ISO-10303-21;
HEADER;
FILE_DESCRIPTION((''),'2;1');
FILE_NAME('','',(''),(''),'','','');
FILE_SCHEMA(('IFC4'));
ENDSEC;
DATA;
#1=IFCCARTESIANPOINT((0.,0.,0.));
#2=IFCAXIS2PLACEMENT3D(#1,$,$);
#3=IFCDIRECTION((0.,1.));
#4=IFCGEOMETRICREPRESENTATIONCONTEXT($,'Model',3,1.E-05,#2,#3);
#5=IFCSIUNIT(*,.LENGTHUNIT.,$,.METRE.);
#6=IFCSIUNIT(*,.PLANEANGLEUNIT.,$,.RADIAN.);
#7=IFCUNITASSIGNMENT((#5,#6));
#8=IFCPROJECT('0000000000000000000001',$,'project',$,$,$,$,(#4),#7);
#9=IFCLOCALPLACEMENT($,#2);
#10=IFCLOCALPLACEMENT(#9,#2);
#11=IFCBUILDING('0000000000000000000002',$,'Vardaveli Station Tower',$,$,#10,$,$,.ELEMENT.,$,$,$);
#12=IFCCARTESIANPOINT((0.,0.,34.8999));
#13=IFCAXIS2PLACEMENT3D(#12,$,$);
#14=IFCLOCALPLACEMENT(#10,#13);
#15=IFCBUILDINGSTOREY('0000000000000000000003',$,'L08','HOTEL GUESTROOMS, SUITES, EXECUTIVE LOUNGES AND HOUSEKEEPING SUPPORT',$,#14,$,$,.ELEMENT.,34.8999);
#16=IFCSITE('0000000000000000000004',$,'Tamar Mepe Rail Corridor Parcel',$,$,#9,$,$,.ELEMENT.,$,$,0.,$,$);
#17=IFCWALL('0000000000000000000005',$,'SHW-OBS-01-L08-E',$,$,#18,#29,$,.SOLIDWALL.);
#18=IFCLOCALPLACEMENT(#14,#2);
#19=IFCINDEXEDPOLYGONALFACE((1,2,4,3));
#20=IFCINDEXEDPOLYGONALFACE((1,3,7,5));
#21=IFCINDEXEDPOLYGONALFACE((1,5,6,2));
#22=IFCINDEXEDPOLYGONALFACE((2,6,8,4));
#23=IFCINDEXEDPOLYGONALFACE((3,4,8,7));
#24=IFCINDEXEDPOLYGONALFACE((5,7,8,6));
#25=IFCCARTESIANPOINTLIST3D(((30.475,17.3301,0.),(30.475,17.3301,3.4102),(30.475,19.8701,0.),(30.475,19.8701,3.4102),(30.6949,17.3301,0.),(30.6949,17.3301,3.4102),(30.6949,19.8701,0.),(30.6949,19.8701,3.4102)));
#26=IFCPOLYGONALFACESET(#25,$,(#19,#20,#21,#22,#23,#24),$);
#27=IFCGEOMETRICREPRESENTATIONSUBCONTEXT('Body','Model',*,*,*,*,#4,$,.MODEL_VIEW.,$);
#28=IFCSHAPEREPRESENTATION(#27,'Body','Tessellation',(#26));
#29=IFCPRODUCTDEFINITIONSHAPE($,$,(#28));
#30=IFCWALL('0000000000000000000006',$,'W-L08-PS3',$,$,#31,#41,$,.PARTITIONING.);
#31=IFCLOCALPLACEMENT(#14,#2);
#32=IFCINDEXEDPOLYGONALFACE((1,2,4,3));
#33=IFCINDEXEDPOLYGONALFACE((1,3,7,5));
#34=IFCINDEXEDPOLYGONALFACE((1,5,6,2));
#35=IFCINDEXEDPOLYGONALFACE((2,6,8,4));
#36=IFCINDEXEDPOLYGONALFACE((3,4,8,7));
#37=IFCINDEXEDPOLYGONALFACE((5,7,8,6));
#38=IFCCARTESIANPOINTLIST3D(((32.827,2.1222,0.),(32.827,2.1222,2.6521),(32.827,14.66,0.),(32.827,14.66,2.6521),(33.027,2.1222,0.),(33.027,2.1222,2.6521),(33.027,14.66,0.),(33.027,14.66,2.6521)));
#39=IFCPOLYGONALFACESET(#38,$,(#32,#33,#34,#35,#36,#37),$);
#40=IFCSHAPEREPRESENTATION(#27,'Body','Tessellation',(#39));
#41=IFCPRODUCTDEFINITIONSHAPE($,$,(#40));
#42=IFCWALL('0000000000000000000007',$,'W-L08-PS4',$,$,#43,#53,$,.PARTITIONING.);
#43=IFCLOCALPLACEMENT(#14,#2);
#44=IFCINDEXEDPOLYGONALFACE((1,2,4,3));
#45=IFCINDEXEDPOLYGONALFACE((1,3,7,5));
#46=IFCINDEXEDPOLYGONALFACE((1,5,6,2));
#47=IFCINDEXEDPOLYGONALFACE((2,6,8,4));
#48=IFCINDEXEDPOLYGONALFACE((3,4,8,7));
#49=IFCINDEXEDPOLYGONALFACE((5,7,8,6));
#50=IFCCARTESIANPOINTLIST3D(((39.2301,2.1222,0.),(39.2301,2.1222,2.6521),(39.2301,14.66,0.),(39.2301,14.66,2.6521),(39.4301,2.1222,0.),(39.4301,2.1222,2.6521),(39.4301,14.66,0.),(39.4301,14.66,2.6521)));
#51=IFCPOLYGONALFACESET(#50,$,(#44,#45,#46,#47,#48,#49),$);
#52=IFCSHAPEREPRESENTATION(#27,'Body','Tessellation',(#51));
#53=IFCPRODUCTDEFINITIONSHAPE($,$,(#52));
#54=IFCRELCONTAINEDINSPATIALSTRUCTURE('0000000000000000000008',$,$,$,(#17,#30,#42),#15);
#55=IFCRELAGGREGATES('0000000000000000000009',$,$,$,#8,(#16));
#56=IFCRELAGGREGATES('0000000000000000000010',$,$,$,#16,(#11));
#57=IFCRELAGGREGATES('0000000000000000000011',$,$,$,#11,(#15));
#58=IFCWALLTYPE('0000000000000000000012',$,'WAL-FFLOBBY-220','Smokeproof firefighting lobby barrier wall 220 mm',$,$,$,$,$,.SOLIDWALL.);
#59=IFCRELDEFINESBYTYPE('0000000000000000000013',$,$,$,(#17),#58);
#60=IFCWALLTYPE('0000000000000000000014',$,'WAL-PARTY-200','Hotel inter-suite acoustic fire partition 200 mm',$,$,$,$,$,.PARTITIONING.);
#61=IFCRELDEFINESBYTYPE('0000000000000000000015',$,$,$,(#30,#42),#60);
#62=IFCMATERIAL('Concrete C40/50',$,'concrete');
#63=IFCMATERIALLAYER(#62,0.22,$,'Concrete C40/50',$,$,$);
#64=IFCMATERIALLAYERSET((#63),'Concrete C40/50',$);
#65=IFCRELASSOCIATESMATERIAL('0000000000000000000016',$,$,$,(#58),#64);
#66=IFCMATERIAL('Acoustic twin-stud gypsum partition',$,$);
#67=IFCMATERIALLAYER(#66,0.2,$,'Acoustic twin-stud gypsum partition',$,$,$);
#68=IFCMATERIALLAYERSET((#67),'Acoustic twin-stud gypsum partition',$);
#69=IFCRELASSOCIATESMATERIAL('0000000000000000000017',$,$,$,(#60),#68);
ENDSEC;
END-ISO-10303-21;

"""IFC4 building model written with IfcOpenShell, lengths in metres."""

from ifc_helpers import new_model, si_unit, direction, frame, frame_2d, origin, place, context, subcontext, project, spatial, rectangle, extrude, source, transform, mapped, material, layer, layer_set, type_object, element, save


model = new_model("IFC4")

# Units and contexts
model_context = context("Model", 3, precision=1e-05, world=origin(), true_north=direction((0.0, 1.0)))
body_context = subcontext(model_context, "Body", "Model", "MODEL_VIEW")
ifc_project = project(units=[si_unit("LENGTHUNIT", "METRE"), si_unit("PLANEANGLEUNIT", "RADIAN")], contexts=[model_context])

# Site, building, storey
site_placement = place(None, origin())
site = spatial("IfcSite", under=ifc_project, at=site_placement, Name="Tamar Mepe Rail Corridor Parcel", CompositionType="ELEMENT", RefElevation=0.0)
building_placement = place(site_placement, origin())
building = spatial("IfcBuilding", under=site, at=building_placement, Name="Vardaveli Station Tower", CompositionType="ELEMENT")
storey_placement = place(building_placement, frame((0.0, 0.0, 34.8999)))
storey = spatial("IfcBuildingStorey", under=building, at=storey_placement, Name="L08", Description="HOTEL GUESTROOMS, SUITES, EXECUTIVE LOUNGES AND HOUSEKEEPING SUPPORT", CompositionType="ELEMENT", Elevation=34.8999)

# Walls
ifc_material_1 = material(Name="Concrete C40/50", Category="concrete")
ifc_layer_1 = layer(ifc_material_1, 0.22, Name="Concrete C40/50")
ifc_layer_set_1 = layer_set([ifc_layer_1], Name="Concrete C40/50")
wall_type_1 = type_object("IfcWallType", Name="WAL-FFLOBBY-220", Description="Smokeproof firefighting lobby barrier wall 220 mm", PredefinedType="SOLIDWALL", material=ifc_layer_set_1)
shared_shape_1 = source(origin(), body_context, "Body", "SweptSolid", [
    extrude(rectangle(XDim=2.54, YDim=0.22, at=frame_2d((1.27, 0.0))), origin(), (0.0, 0.0, 1.0), 3.4102),
])
wall_placement = place(storey_placement, frame((30.585, 17.3301, 0.0), z_axis=(0.0, 0.0, 1.0), x_axis=(0.0, 1.0, 0.0)))
element("IfcWall", 1, at=wall_placement, inside=storey, type_object=wall_type_1, Name="SHW-OBS-01-L08-E", PredefinedType="SOLIDWALL", context=body_context, shape_type="MappedRepresentation", body=[
    mapped(shared_shape_1, transform((0.0, 0.0, 0.0), scale=1.0)),
])
ifc_material_2 = material(Name="Acoustic twin-stud gypsum partition")
ifc_layer_2 = layer(ifc_material_2, 0.2, Name="Acoustic twin-stud gypsum partition")
ifc_layer_set_2 = layer_set([ifc_layer_2], Name="Acoustic twin-stud gypsum partition")
wall_type_2 = type_object("IfcWallType", Name="WAL-PARTY-200", Description="Hotel inter-suite acoustic fire partition 200 mm", PredefinedType="PARTITIONING", material=ifc_layer_set_2)
shared_shape_2 = source(origin(), body_context, "Body", "SweptSolid", [
    extrude(rectangle(XDim=12.5378, YDim=0.2, at=frame_2d((6.269, 0.0))), origin(), (0.0, 0.0, 1.0), 2.6521),
])
for number, where, z_axis, x_axis, name in (
    (2, (32.927, 2.1221, 0.0), (0.0, 0.0, 1.0), (0.0, 1.0, 0.0), "W-L08-PS3"),
    (3, (39.3301, 2.1221, 0.0), (0.0, 0.0, 1.0), (0.0, 1.0, 0.0), "W-L08-PS4"),
):
    element("IfcWall", number, at=place(storey_placement, frame(where, z_axis=z_axis, x_axis=x_axis)), inside=storey, type_object=wall_type_2, Name=name, PredefinedType="PARTITIONING", context=body_context, shape_type="MappedRepresentation", body=[
        mapped(shared_shape_2, transform((0.0, 0.0, 0.0), scale=1.0)),
    ])

save(model, "model.ifc")
